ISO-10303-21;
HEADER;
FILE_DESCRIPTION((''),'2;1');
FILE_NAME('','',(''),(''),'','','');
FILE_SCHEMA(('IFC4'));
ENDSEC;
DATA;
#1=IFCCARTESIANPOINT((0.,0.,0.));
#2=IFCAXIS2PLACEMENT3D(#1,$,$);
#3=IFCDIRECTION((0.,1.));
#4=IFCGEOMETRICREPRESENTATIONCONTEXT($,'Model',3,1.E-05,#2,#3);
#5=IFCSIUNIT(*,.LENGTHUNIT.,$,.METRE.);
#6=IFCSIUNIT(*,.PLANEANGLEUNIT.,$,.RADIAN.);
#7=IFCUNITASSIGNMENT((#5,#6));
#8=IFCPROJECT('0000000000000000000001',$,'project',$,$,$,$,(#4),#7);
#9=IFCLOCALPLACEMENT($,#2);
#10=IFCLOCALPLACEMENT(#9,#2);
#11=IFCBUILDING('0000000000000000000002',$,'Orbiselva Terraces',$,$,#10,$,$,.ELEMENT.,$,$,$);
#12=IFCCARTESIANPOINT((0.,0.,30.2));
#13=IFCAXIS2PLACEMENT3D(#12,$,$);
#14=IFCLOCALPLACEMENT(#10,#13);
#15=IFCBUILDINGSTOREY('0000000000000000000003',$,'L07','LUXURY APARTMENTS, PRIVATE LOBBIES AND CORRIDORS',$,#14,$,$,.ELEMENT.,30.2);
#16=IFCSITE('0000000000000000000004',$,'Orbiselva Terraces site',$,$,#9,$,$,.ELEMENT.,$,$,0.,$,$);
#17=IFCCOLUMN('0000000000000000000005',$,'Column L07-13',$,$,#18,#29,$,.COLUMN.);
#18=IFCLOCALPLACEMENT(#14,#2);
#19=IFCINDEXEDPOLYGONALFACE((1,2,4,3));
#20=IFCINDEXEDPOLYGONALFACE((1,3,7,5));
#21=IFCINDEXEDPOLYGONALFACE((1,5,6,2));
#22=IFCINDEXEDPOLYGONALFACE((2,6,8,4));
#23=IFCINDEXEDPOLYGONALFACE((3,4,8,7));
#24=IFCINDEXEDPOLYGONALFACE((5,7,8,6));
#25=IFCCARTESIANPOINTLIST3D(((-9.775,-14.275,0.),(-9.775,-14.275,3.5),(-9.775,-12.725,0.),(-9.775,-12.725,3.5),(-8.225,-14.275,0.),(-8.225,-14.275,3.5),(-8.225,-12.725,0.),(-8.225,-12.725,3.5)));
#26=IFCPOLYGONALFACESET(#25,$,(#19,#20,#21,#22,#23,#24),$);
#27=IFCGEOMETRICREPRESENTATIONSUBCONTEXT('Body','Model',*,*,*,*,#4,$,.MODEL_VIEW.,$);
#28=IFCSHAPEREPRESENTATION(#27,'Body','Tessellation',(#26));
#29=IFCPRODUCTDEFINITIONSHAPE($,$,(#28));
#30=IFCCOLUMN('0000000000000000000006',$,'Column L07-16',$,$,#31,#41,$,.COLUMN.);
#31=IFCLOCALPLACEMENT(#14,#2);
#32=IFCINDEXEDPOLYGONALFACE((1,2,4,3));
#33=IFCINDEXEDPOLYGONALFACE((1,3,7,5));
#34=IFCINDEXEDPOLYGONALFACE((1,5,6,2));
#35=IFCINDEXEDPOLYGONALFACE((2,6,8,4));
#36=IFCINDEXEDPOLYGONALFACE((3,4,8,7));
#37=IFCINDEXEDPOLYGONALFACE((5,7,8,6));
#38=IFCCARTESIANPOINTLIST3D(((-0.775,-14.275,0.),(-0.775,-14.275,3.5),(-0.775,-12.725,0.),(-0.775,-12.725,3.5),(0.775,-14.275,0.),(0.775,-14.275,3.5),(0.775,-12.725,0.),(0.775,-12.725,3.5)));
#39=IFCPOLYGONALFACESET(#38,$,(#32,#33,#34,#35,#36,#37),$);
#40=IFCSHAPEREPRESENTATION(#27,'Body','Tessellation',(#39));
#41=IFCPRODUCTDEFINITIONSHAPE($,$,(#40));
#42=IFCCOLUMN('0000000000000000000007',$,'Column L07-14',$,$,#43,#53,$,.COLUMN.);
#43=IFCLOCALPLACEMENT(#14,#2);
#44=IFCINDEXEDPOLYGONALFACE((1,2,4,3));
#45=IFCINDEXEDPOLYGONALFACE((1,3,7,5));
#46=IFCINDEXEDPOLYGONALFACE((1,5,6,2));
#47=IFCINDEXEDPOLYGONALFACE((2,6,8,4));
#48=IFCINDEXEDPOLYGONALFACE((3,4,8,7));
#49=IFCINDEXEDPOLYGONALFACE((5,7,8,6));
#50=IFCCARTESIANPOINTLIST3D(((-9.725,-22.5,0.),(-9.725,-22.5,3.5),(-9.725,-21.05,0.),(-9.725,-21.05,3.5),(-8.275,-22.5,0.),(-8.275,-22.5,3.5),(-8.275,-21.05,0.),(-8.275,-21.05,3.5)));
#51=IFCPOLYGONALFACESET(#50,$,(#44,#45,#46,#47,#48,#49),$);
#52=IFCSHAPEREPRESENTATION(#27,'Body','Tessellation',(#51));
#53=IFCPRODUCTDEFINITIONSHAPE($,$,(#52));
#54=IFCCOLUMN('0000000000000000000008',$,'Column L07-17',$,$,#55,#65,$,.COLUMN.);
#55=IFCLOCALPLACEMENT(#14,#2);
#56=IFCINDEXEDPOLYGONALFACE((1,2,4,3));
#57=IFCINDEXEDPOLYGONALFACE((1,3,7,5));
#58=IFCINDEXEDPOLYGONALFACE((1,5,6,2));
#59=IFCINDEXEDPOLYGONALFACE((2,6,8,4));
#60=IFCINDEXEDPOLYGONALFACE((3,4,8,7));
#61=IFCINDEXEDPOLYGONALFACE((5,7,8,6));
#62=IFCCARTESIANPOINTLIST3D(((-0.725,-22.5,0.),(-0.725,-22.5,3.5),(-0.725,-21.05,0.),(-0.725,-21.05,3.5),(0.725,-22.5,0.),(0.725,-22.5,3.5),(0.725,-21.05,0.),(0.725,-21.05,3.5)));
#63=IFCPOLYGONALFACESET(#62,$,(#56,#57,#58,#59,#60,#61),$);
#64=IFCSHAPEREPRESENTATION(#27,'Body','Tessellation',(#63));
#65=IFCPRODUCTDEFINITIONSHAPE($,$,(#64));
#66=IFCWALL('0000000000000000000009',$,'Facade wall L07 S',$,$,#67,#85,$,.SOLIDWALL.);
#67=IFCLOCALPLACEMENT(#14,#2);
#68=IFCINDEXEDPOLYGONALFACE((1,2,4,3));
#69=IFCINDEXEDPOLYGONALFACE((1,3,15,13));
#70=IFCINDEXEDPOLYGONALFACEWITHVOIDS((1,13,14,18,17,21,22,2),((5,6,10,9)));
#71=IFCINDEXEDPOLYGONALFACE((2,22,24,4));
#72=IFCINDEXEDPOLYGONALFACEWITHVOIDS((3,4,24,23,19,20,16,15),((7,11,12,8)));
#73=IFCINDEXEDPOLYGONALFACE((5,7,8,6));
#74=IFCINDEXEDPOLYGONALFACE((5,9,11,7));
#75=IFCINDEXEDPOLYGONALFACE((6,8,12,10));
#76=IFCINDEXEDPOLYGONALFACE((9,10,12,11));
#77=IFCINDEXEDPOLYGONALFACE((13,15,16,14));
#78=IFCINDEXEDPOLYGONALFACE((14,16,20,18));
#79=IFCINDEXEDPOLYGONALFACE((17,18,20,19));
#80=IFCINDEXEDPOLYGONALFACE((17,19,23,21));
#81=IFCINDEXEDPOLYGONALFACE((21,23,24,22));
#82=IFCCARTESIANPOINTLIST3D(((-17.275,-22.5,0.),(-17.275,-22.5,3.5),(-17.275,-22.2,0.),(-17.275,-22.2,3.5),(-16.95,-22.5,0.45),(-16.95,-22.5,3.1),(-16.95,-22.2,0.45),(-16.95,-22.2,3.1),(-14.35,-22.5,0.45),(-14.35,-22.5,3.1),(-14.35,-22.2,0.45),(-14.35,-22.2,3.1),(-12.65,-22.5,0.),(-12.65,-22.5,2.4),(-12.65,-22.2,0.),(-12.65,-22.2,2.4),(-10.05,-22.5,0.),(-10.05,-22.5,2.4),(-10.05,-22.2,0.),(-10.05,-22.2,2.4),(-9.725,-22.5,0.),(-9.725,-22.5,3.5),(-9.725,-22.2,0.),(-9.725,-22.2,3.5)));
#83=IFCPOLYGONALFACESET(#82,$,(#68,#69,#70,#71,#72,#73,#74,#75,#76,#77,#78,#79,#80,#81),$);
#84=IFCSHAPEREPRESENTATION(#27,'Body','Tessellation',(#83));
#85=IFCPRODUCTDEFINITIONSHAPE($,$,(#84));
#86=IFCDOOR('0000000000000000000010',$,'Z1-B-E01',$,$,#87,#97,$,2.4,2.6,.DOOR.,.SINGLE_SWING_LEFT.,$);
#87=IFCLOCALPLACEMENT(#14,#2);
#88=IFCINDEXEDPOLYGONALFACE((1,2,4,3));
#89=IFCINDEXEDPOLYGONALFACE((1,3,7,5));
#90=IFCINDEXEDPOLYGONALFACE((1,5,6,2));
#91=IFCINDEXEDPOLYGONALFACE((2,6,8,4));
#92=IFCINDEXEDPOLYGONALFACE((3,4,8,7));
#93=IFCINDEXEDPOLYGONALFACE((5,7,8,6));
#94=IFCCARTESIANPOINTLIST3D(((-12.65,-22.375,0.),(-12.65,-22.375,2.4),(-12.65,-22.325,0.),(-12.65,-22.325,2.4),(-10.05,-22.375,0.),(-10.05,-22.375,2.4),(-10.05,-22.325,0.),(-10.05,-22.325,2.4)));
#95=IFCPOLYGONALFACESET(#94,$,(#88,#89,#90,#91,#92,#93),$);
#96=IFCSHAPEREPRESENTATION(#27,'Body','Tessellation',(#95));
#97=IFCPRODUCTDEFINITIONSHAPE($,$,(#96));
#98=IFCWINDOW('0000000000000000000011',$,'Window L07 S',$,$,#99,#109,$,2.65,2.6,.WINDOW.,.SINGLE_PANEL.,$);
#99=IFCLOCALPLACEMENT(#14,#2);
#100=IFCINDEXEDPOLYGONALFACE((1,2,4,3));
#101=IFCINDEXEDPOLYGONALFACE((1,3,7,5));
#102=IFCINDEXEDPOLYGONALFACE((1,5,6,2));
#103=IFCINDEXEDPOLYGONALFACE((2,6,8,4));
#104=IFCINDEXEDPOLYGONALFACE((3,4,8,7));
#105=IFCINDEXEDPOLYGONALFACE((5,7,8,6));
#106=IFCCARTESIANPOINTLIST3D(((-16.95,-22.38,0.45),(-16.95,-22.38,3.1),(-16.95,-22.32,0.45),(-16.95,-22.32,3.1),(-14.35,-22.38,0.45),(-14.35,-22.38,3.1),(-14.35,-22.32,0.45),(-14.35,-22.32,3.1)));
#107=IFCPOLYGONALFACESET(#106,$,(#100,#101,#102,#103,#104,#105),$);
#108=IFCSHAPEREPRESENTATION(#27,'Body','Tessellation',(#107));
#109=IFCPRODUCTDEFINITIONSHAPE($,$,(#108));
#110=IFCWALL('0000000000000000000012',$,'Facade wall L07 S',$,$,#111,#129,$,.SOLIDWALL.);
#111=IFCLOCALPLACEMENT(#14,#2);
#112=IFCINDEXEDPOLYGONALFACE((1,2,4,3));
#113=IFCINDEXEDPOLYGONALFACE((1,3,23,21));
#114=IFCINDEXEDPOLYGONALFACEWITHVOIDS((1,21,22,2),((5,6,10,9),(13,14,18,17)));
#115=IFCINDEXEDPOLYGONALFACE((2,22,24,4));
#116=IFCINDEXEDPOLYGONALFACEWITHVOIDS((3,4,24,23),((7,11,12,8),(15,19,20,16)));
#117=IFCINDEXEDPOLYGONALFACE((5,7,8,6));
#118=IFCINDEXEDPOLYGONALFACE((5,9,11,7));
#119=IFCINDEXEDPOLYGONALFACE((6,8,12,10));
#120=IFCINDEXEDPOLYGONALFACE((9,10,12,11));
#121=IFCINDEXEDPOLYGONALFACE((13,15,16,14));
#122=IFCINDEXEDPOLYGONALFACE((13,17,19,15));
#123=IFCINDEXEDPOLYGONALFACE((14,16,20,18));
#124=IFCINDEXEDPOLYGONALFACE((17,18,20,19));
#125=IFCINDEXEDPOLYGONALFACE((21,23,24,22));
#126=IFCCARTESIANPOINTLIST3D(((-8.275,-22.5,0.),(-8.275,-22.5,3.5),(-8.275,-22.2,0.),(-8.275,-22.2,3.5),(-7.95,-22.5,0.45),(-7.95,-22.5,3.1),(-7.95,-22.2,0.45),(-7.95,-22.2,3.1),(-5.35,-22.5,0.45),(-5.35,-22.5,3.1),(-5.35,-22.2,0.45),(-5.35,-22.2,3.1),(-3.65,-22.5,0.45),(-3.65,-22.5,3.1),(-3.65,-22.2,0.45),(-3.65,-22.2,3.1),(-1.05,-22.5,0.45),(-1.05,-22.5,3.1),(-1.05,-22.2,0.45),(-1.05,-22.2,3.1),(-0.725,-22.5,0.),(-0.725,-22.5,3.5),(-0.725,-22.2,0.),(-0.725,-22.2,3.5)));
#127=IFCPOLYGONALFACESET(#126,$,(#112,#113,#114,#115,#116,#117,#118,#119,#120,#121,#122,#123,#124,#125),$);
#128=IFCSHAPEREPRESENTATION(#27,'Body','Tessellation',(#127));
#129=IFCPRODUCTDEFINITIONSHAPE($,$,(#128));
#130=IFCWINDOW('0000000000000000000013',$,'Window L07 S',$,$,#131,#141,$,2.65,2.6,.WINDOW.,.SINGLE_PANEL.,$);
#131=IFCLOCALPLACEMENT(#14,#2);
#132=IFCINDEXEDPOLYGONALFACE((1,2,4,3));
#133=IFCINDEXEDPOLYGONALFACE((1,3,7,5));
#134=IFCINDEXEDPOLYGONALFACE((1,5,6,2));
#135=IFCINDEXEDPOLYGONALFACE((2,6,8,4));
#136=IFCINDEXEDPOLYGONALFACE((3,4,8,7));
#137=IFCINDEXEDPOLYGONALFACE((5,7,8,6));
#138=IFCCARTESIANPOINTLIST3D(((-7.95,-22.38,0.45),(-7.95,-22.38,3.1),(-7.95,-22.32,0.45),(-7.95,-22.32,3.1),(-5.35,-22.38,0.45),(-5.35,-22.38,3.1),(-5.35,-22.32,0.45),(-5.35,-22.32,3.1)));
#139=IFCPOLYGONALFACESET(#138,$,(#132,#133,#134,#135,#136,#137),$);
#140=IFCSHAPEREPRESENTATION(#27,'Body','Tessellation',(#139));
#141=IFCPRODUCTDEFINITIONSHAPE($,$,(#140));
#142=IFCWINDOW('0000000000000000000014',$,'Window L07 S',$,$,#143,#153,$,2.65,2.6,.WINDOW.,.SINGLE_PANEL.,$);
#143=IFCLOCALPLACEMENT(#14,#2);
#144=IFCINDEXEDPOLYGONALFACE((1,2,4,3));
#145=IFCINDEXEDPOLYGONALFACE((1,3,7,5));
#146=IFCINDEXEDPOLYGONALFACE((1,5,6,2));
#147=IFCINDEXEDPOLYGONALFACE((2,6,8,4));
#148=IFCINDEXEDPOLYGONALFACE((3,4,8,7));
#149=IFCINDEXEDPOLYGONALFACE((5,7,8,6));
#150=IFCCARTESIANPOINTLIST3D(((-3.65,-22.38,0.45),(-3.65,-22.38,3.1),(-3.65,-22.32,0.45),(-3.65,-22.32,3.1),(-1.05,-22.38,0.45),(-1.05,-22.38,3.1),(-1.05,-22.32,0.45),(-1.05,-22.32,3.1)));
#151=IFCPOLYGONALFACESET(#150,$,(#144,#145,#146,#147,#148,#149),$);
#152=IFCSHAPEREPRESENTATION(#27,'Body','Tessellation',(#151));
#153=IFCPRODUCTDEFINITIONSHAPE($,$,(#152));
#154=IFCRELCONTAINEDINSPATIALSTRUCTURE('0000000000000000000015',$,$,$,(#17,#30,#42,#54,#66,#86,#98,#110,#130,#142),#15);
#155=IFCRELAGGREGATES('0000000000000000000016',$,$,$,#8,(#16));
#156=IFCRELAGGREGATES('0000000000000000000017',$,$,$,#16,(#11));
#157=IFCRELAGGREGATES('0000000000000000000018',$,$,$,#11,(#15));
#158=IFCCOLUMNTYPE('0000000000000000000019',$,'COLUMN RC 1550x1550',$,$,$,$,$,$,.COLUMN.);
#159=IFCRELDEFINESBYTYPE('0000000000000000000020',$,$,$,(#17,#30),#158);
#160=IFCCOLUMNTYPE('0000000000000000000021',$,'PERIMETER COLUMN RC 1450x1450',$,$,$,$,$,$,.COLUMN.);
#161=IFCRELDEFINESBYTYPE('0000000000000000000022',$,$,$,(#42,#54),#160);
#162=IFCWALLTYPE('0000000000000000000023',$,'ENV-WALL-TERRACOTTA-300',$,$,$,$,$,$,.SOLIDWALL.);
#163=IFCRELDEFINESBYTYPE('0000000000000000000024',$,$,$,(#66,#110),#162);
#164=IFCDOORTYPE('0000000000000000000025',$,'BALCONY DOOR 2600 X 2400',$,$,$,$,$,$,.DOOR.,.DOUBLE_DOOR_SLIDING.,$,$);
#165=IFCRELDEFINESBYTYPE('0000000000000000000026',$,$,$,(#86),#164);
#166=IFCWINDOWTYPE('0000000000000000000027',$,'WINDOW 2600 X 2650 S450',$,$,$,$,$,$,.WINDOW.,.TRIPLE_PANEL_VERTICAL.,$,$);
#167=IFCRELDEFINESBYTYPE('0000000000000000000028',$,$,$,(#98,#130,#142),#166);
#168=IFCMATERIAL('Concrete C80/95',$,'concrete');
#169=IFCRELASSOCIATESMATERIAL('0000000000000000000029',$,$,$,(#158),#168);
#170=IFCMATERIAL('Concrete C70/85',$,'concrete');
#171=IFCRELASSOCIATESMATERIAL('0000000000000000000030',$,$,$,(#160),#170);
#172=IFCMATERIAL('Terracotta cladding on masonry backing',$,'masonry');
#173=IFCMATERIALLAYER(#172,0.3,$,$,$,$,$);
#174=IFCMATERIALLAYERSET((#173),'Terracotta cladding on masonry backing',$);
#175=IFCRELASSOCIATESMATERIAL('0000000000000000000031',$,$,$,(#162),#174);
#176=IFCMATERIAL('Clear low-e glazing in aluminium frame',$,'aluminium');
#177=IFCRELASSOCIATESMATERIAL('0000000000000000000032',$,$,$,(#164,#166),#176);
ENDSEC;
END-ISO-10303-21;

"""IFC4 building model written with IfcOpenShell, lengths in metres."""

from ifc_helpers import new_model, si_unit, direction, frame, frame_2d, origin, origin_2d, place, context, subcontext, project, spatial, rectangle, extrude, material, layer, layer_set, material_profile, profile_set, type_object, element, fill, save


model = new_model("IFC4")

# Units and contexts
model_context = context("Model", 3, precision=1e-05, world=origin(), true_north=direction((0.0, 1.0)))
body_context = subcontext(model_context, "Body", "Model", "MODEL_VIEW")
ifc_project = project(units=[si_unit("LENGTHUNIT", "METRE"), si_unit("PLANEANGLEUNIT", "RADIAN")], contexts=[model_context])

# Site, building, storey
site_placement = place(None, origin())
site = spatial("IfcSite", under=ifc_project, at=site_placement, Name="Orbiselva Terraces site", CompositionType="ELEMENT", RefElevation=0.0)
building_placement = place(site_placement, origin())
building = spatial("IfcBuilding", under=site, at=building_placement, Name="Orbiselva Terraces", CompositionType="ELEMENT")
storey_placement = place(building_placement, frame((0.0, 0.0, 30.2)))
storey = spatial("IfcBuildingStorey", under=building, at=storey_placement, Name="L07", Description="LUXURY APARTMENTS, PRIVATE LOBBIES AND CORRIDORS", CompositionType="ELEMENT", Elevation=30.2)

# Columns
ifc_material_1 = material(Name="Concrete C80/95", Category="concrete")
ifc_material_profile_1 = material_profile(ifc_material_1, rectangle(XDim=1.55, YDim=1.55, at=origin_2d()), Name="RC 1550x1550")
ifc_profile_set_1 = profile_set([ifc_material_profile_1], Name="Concrete C80/95")
column_type_1 = type_object("IfcColumnType", Name="COLUMN RC 1550x1550", PredefinedType="COLUMN", material=ifc_profile_set_1)
for number, where, z_axis, x_axis, name in (
    (1, (-9.0, -13.5, 0.0), (0.0, 0.0, 1.0), (1.0, 0.0, 0.0), "Column L07-13"),
    (2, (0.0, -13.5, 0.0), (0.0, 0.0, 1.0), (1.0, 0.0, 0.0), "Column L07-16"),
):
    element("IfcColumn", number, at=place(storey_placement, frame(where, z_axis=z_axis, x_axis=x_axis)), inside=storey, type_object=column_type_1, Name=name, PredefinedType="COLUMN", context=body_context, shape_type="SweptSolid", body=[
        extrude(rectangle(XDim=1.55, YDim=1.55, at=origin_2d()), origin(), (0.0, 0.0, 1.0), 3.5),
    ])
ifc_material_2 = material(Name="Concrete C70/85", Category="concrete")
ifc_material_profile_2 = material_profile(ifc_material_2, rectangle(XDim=1.45, YDim=1.45, at=origin_2d()), Name="RC 1450x1450")
ifc_profile_set_2 = profile_set([ifc_material_profile_2], Name="Concrete C70/85")
column_type_2 = type_object("IfcColumnType", Name="PERIMETER COLUMN RC 1450x1450", PredefinedType="COLUMN", material=ifc_profile_set_2)
for number, where, z_axis, x_axis, name in (
    (3, (-9.0, -21.775, 0.0), (0.0, 0.0, 1.0), (1.0, 0.0, 0.0), "Column L07-14"),
    (4, (0.0, -21.775, 0.0), (0.0, 0.0, 1.0), (1.0, 0.0, 0.0), "Column L07-17"),
):
    element("IfcColumn", number, at=place(storey_placement, frame(where, z_axis=z_axis, x_axis=x_axis)), inside=storey, type_object=column_type_2, Name=name, PredefinedType="COLUMN", context=body_context, shape_type="SweptSolid", body=[
        extrude(rectangle(XDim=1.45, YDim=1.45, at=origin_2d()), origin(), (0.0, 0.0, 1.0), 3.5),
    ])

# Wall, openings, door, window
ifc_material_3 = material(Name="Terracotta cladding on masonry backing", Category="masonry")
ifc_layer_1 = layer(ifc_material_3, 0.3)
ifc_layer_set_1 = layer_set([ifc_layer_1], Name="Terracotta cladding on masonry backing")
wall_type_1 = type_object("IfcWallType", Name="ENV-WALL-TERRACOTTA-300", PredefinedType="SOLIDWALL", material=ifc_layer_set_1)
wall_1_placement = place(storey_placement, frame((-9.725, -22.35, 0.0), z_axis=(0.0, 0.0, 1.0), x_axis=(-1.0, 0.0, 0.0)))
wall_1 = element("IfcWall", 5, at=wall_1_placement, inside=storey, type_object=wall_type_1, Name="Facade wall L07 S", PredefinedType="SOLIDWALL", context=body_context, shape_type="SweptSolid", body=[
    extrude(rectangle(XDim=7.55, YDim=0.3, at=frame_2d((3.775, 0.0))), origin(), (0.0, 0.0, 1.0), 3.5),
])
opening_1_placement = place(wall_1_placement, frame((4.625, 0.0, 0.45)))
opening_1 = element("IfcOpeningElement", 6, at=opening_1_placement, cuts=wall_1, PredefinedType="OPENING", context=body_context, shape_type="SweptSolid", body=[
    extrude(rectangle(XDim=2.6, YDim=2.65, at=frame_2d((1.3, 1.325))), frame((0.0, 0.16, 0.0), z_axis=(0.0, -1.0, 0.0), x_axis=(1.0, 0.0, 0.0)), (0.0, 0.0, 1.0), 0.32),
])
opening_2_placement = place(wall_1_placement, frame((0.325, 0.0, 0.0)))
opening_2 = element("IfcOpeningElement", 7, at=opening_2_placement, cuts=wall_1, PredefinedType="OPENING", context=body_context, shape_type="SweptSolid", body=[
    extrude(rectangle(XDim=2.6, YDim=2.4, at=frame_2d((1.3, 1.2))), frame((0.0, 0.16, 0.0), z_axis=(0.0, -1.0, 0.0), x_axis=(1.0, 0.0, 0.0)), (0.0, 0.0, 1.0), 0.32),
])
ifc_material_4 = material(Name="Clear low-e glazing in aluminium frame", Category="aluminium")
door_type_1 = type_object("IfcDoorType", Name="BALCONY DOOR 2600 X 2400", OperationType="DOUBLE_DOOR_SLIDING", PredefinedType="DOOR", material=ifc_material_4)
door_1_placement = place(opening_2_placement, origin())
door_1 = element("IfcDoor", 8, at=door_1_placement, inside=storey, type_object=door_type_1, Name="Z1-B-E01", OperationType="SINGLE_SWING_LEFT", OverallHeight=2.4, OverallWidth=2.6, PredefinedType="DOOR", context=body_context, shape_type="SweptSolid", body=[
    extrude(rectangle(XDim=2.6, YDim=2.4, at=frame_2d((1.3, 1.2))), frame((0.0, 0.025, 0.0), z_axis=(0.0, -1.0, 0.0), x_axis=(1.0, 0.0, 0.0)), (0.0, 0.0, 1.0), 0.05),
])
fill(opening_2, door_1)
window_type = type_object("IfcWindowType", Name="WINDOW 2600 X 2650 S450", PartitioningType="TRIPLE_PANEL_VERTICAL", PredefinedType="WINDOW", material=ifc_material_4)
window_1_placement = place(opening_1_placement, origin())
window_1 = element("IfcWindow", 9, at=window_1_placement, inside=storey, type_object=window_type, Name="Window L07 S", OverallHeight=2.65, OverallWidth=2.6, PartitioningType="SINGLE_PANEL", PredefinedType="WINDOW", context=body_context, shape_type="SweptSolid", body=[
    extrude(rectangle(XDim=2.6, YDim=2.65, at=frame_2d((1.3, 1.325))), frame((0.0, 0.03, 0.0), z_axis=(0.0, -1.0, 0.0), x_axis=(1.0, 0.0, 0.0)), (0.0, 0.0, 1.0), 0.06),
])
fill(opening_1, window_1)

# Wall, openings, windows
wall_2_placement = place(storey_placement, frame((-0.725, -22.35, 0.0), z_axis=(0.0, 0.0, 1.0), x_axis=(-1.0, 0.0, 0.0)))
wall_2 = element("IfcWall", 10, at=wall_2_placement, inside=storey, type_object=wall_type_1, Name="Facade wall L07 S", PredefinedType="SOLIDWALL", context=body_context, shape_type="SweptSolid", body=[
    extrude(rectangle(XDim=7.55, YDim=0.3, at=frame_2d((3.775, 0.0))), origin(), (0.0, 0.0, 1.0), 3.5),
])
opening_3_placement = place(wall_2_placement, frame((4.625, 0.0, 0.45)))
opening_3 = element("IfcOpeningElement", 11, at=opening_3_placement, cuts=wall_2, PredefinedType="OPENING", context=body_context, shape_type="SweptSolid", body=[
    extrude(rectangle(XDim=2.6, YDim=2.65, at=frame_2d((1.3, 1.325))), frame((0.0, 0.16, 0.0), z_axis=(0.0, -1.0, 0.0), x_axis=(1.0, 0.0, 0.0)), (0.0, 0.0, 1.0), 0.32),
])
opening_4_placement = place(wall_2_placement, frame((0.325, 0.0, 0.45)))
opening_4 = element("IfcOpeningElement", 12, at=opening_4_placement, cuts=wall_2, PredefinedType="OPENING", context=body_context, shape_type="SweptSolid", body=[
    extrude(rectangle(XDim=2.6, YDim=2.65, at=frame_2d((1.3, 1.325))), frame((0.0, 0.16, 0.0), z_axis=(0.0, -1.0, 0.0), x_axis=(1.0, 0.0, 0.0)), (0.0, 0.0, 1.0), 0.32),
])
window_2_placement = place(opening_3_placement, origin())
window_2 = element("IfcWindow", 13, at=window_2_placement, inside=storey, type_object=window_type, Name="Window L07 S", OverallHeight=2.65, OverallWidth=2.6, PartitioningType="SINGLE_PANEL", PredefinedType="WINDOW", context=body_context, shape_type="SweptSolid", body=[
    extrude(rectangle(XDim=2.6, YDim=2.65, at=frame_2d((1.3, 1.325))), frame((0.0, 0.03, 0.0), z_axis=(0.0, -1.0, 0.0), x_axis=(1.0, 0.0, 0.0)), (0.0, 0.0, 1.0), 0.06),
])
fill(opening_3, window_2)
window_3_placement = place(opening_4_placement, origin())
window_3 = element("IfcWindow", 14, at=window_3_placement, inside=storey, type_object=window_type, Name="Window L07 S", OverallHeight=2.65, OverallWidth=2.6, PartitioningType="SINGLE_PANEL", PredefinedType="WINDOW", context=body_context, shape_type="SweptSolid", body=[
    extrude(rectangle(XDim=2.6, YDim=2.65, at=frame_2d((1.3, 1.325))), frame((0.0, 0.03, 0.0), z_axis=(0.0, -1.0, 0.0), x_axis=(1.0, 0.0, 0.0)), (0.0, 0.0, 1.0), 0.06),
])
fill(opening_4, window_3)

save(model, "model.ifc")
